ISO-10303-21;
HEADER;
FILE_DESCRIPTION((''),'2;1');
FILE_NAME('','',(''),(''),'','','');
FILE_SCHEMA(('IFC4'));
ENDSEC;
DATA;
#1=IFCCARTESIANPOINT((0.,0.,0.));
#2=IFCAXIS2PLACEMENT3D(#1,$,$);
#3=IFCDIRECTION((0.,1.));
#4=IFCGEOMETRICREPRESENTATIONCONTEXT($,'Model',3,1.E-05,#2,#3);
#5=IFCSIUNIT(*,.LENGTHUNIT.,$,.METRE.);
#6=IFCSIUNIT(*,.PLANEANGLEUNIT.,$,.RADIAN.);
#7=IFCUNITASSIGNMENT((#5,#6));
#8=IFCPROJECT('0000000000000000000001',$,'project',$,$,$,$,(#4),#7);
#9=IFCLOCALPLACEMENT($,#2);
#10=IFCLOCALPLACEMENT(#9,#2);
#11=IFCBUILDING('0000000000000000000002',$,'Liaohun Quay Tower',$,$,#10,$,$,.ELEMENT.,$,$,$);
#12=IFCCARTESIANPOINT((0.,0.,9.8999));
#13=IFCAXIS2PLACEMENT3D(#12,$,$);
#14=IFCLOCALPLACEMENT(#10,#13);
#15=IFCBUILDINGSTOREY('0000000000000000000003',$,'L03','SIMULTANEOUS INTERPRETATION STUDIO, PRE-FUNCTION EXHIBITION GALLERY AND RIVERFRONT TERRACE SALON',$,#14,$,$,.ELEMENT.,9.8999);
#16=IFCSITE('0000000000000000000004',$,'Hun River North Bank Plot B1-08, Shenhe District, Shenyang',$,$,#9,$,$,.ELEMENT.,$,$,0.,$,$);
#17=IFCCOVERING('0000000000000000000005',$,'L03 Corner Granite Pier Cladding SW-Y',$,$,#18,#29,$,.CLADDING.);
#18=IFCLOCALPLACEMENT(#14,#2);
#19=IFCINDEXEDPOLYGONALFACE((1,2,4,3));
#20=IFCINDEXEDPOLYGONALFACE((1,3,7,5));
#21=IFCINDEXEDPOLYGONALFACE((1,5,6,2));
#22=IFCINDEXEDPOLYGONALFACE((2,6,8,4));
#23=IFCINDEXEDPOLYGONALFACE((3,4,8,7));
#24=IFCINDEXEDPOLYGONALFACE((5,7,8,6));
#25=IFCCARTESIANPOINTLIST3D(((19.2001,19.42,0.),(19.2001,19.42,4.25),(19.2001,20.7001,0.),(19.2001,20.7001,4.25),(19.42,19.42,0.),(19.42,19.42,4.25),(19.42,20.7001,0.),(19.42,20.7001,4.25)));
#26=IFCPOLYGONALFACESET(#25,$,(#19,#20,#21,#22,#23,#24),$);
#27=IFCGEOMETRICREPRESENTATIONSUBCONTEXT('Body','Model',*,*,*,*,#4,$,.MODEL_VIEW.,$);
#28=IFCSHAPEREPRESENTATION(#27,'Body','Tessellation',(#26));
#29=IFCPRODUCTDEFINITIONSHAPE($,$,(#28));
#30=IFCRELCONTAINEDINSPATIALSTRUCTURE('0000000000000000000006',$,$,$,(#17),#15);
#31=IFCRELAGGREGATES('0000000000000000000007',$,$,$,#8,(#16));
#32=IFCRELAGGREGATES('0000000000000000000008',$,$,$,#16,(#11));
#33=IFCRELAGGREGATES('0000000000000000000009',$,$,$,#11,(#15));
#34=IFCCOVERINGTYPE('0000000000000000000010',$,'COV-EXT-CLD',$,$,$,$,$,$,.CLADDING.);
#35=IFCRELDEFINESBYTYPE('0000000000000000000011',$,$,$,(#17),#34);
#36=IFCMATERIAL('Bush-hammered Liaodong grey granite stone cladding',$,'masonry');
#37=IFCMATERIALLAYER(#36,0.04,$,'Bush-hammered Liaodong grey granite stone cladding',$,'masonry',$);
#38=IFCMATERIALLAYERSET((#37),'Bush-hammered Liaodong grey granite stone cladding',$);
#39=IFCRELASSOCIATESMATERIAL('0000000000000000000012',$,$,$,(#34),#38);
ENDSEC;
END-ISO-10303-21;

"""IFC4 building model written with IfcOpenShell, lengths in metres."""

from ifc_helpers import new_model, si_unit, direction, frame, origin, origin_2d, place, context, subcontext, project, spatial, rectangle, extrude, source, transform, mapped, material, layer, layer_set, type_object, element, save


model = new_model("IFC4")

# Units and contexts
model_context = context("Model", 3, precision=1e-05, world=origin(), true_north=direction((0.0, 1.0)))
body_context = subcontext(model_context, "Body", "Model", "MODEL_VIEW")
ifc_project = project(units=[si_unit("LENGTHUNIT", "METRE"), si_unit("PLANEANGLEUNIT", "RADIAN")], contexts=[model_context])

# Site, building, storey
site_placement = place(None, origin())
site = spatial("IfcSite", under=ifc_project, at=site_placement, Name="Hun River North Bank Plot B1-08, Shenhe District, Shenyang", CompositionType="ELEMENT", RefElevation=0.0)
building_placement = place(site_placement, origin())
building = spatial("IfcBuilding", under=site, at=building_placement, Name="Liaohun Quay Tower", CompositionType="ELEMENT")
storey_placement = place(building_placement, frame((0.0, 0.0, 9.8999)))
storey = spatial("IfcBuildingStorey", under=building, at=storey_placement, Name="L03", Description="SIMULTANEOUS INTERPRETATION STUDIO, PRE-FUNCTION EXHIBITION GALLERY AND RIVERFRONT TERRACE SALON", CompositionType="ELEMENT", Elevation=9.8999)

# Covering
ifc_material_1 = material(Name="Bush-hammered Liaodong grey granite stone cladding", Category="masonry")
ifc_layer_1 = layer(ifc_material_1, 0.04, Name="Bush-hammered Liaodong grey granite stone cladding", Category="masonry")
ifc_layer_set_1 = layer_set([ifc_layer_1], Name="Bush-hammered Liaodong grey granite stone cladding")
covering_type_1 = type_object("IfcCoveringType", Name="COV-EXT-CLD", PredefinedType="CLADDING", material=ifc_layer_set_1)
shared_shape_1 = source(origin(), body_context, "Body", "SweptSolid", [
    extrude(rectangle(XDim=0.22, YDim=1.28, at=origin_2d()), origin(), (0.0, 0.0, 1.0), 4.25),
])
covering_1_placement = place(storey_placement, frame((19.3101, 20.0601, 0.0), z_axis=(0.0, 0.0, 1.0), x_axis=(1.0, 0.0, 0.0)))
element("IfcCovering", 1, at=covering_1_placement, inside=storey, type_object=covering_type_1, Name="L03 Corner Granite Pier Cladding SW-Y", PredefinedType="CLADDING", context=body_context, shape_type="MappedRepresentation", body=[
    mapped(shared_shape_1, transform((0.0, 0.0, 0.0), x_axis=(1.0, 0.0, 0.0), y_axis=(0.0, 1.0, 0.0), z_axis=(0.0, 0.0, 1.0), scale=1.0)),
])

save(model, "model.ifc")
